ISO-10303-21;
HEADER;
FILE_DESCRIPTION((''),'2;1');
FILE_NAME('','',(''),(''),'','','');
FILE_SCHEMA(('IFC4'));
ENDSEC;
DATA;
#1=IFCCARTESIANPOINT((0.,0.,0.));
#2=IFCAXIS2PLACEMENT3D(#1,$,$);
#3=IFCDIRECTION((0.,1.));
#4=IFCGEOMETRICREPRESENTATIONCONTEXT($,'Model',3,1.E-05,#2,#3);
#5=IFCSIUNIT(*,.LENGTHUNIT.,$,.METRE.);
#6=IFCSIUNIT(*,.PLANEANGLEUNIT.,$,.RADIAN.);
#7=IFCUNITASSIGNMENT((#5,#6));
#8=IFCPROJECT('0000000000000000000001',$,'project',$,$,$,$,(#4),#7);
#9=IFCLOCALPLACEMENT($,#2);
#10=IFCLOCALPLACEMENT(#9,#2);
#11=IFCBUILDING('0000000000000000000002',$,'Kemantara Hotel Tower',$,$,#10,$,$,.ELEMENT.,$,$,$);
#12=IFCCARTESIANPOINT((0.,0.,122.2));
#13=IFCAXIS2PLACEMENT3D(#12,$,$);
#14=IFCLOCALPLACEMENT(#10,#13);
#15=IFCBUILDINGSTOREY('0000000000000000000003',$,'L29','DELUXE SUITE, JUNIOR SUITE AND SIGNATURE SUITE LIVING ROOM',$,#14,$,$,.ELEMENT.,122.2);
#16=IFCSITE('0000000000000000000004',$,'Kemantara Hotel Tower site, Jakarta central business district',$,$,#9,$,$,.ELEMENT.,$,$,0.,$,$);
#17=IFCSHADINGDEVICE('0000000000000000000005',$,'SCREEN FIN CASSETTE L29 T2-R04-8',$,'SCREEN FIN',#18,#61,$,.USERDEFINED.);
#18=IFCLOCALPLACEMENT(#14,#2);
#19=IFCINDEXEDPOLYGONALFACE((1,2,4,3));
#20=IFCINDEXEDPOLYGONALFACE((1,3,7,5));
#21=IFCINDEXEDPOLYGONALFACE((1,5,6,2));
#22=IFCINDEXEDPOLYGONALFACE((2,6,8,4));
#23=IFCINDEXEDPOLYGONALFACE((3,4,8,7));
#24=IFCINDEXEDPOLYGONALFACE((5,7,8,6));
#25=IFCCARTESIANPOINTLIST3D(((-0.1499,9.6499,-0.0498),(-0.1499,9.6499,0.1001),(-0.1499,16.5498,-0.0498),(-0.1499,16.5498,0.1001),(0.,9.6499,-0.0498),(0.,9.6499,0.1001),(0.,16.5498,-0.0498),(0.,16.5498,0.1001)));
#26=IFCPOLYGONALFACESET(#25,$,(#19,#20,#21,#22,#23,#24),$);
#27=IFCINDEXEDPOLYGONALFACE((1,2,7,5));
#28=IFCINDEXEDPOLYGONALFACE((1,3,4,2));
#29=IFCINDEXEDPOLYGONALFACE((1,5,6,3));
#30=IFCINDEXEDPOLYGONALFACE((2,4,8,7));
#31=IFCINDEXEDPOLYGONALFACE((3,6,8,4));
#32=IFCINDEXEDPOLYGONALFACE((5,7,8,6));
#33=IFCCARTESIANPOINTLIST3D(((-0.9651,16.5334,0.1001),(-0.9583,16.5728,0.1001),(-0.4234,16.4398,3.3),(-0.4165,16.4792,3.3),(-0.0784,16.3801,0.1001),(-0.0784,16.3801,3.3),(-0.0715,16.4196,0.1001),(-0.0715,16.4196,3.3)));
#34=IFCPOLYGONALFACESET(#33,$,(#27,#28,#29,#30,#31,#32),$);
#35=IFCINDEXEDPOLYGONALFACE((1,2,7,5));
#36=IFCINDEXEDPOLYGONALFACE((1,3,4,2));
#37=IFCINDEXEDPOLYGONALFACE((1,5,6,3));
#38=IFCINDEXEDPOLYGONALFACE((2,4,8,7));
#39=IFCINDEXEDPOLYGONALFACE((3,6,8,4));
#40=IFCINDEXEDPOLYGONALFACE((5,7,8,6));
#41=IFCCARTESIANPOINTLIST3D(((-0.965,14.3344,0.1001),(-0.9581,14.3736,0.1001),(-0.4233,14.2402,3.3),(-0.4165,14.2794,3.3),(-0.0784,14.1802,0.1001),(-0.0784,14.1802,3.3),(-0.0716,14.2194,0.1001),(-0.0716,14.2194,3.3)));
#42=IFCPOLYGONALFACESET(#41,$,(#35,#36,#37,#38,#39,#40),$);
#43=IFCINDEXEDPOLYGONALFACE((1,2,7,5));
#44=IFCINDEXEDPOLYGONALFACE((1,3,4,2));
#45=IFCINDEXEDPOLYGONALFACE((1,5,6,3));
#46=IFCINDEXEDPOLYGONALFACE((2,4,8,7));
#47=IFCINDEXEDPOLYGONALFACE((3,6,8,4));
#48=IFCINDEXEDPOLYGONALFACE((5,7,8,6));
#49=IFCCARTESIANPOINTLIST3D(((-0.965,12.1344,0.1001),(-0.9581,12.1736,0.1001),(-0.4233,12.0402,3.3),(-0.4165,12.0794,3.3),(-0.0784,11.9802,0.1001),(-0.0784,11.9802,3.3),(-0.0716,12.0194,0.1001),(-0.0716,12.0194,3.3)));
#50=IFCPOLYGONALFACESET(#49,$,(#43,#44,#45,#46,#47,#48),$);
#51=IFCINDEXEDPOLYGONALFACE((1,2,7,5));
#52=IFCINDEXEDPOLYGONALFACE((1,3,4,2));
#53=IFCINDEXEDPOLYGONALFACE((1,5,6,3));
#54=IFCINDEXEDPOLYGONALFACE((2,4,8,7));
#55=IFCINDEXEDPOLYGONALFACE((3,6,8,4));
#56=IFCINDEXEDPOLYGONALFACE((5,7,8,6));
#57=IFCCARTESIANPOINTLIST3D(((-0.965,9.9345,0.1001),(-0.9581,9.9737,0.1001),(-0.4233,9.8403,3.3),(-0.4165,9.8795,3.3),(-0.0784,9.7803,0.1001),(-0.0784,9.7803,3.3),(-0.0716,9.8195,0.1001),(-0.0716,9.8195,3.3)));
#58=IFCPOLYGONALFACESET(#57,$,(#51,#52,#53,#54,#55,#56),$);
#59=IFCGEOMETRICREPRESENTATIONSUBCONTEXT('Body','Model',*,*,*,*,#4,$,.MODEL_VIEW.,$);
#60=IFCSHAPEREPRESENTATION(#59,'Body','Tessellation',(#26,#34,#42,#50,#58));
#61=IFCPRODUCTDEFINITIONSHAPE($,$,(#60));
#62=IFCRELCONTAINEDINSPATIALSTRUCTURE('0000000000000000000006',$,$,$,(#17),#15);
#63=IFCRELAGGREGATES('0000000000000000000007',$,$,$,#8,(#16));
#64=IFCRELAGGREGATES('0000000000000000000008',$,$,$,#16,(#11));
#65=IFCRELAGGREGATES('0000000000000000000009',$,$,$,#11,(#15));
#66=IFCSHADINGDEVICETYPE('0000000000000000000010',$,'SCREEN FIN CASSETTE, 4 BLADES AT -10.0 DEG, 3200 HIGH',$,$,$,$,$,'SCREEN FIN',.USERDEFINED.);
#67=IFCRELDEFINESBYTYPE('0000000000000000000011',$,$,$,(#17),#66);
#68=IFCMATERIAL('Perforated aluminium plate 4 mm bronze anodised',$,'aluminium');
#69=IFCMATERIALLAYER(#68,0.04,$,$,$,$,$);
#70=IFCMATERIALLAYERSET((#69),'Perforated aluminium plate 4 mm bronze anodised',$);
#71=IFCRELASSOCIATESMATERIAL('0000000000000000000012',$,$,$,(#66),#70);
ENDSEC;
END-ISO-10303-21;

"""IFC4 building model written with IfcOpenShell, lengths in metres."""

from ifc_helpers import new_model, si_unit, direction, frame, origin, origin_2d, place, context, subcontext, project, spatial, polyline, rectangle, outline, extrude, source, transform, mapped, material, layer, layer_set, type_object, element, save


model = new_model("IFC4")

# Units and contexts
model_context = context("Model", 3, precision=1e-05, world=origin(), true_north=direction((0.0, 1.0)))
body_context = subcontext(model_context, "Body", "Model", "MODEL_VIEW")
ifc_project = project(units=[si_unit("LENGTHUNIT", "METRE"), si_unit("PLANEANGLEUNIT", "RADIAN")], contexts=[model_context])

# Site, building, storey
site_placement = place(None, origin())
site = spatial("IfcSite", under=ifc_project, at=site_placement, Name="Kemantara Hotel Tower site, Jakarta central business district", CompositionType="ELEMENT", RefElevation=0.0)
building_placement = place(site_placement, origin())
building = spatial("IfcBuilding", under=site, at=building_placement, Name="Kemantara Hotel Tower", CompositionType="ELEMENT")
storey_placement = place(building_placement, frame((0.0, 0.0, 122.2)))
storey = spatial("IfcBuildingStorey", under=building, at=storey_placement, Name="L29", Description="DELUXE SUITE, JUNIOR SUITE AND SIGNATURE SUITE LIVING ROOM", CompositionType="ELEMENT", Elevation=122.2)

# Shading device
ifc_material_1 = material(Name="Perforated aluminium plate 4 mm bronze anodised", Category="aluminium")
ifc_layer_1 = layer(ifc_material_1, 0.04)
ifc_layer_set_1 = layer_set([ifc_layer_1], Name="Perforated aluminium plate 4 mm bronze anodised")
shading_device_type = type_object("IfcShadingDeviceType", Name="SCREEN FIN CASSETTE, 4 BLADES AT -10.0 DEG, 3200 HIGH", ElementType="SCREEN FIN", PredefinedType="USERDEFINED", material=ifc_layer_set_1)
shared_shape = source(origin(), body_context, "Body", "SweptSolid", [
    extrude(rectangle(XDim=6.8999, YDim=0.1499, at=origin_2d()), frame((3.3, -0.075, -0.1499), z_axis=(0.0, 0.0, 1.0), x_axis=(1.0, 0.0, 0.0)), (0.0, 0.0, 1.0), 0.1499),
    extrude(outline(polyline([(0.0, 0.0), (0.8999, 0.0), (0.3501, 3.2), (0.0, 3.2), (0.0, 0.0)])), frame((0.0198, -0.0784, 0.0), z_axis=(-0.98539, 0.170314, 0.0), x_axis=(-0.170314, -0.98539, 0.0)), (0.0, 0.0, 1.0), 0.04),
    extrude(outline(polyline([(0.0, 0.0), (0.8999, 0.0), (0.3501, 3.2), (0.0, 3.2), (0.0, 0.0)])), frame((2.2197, -0.0784, 0.0), z_axis=(-0.985212, 0.171341, 0.0), x_axis=(-0.171341, -0.985212, 0.0)), (0.0, 0.0, 1.0), 0.0398),
    extrude(outline(polyline([(0.0, 0.0), (0.8999, 0.0), (0.3501, 3.2), (0.0, 3.2), (0.0, 0.0)])), frame((4.4197, -0.0784, 0.0), z_axis=(-0.985212, 0.171341, 0.0), x_axis=(-0.171341, -0.985212, 0.0)), (0.0, 0.0, 1.0), 0.0398),
    extrude(outline(polyline([(0.0, 0.0), (0.8999, 0.0), (0.3501, 3.2), (0.0, 3.2), (0.0, 0.0)])), frame((6.6196, -0.0784, 0.0), z_axis=(-0.985212, 0.171341, 0.0), x_axis=(-0.171341, -0.985212, 0.0)), (0.0, 0.0, 1.0), 0.0398),
])
shading_device_placement = place(storey_placement, frame((0.0, 16.3999, 0.1001), z_axis=(0.0, 0.0, 1.0), x_axis=(0.0, -1.0, 0.0)))
element("IfcShadingDevice", 1, at=shading_device_placement, inside=storey, type_object=shading_device_type, Name="SCREEN FIN CASSETTE L29 T2-R04-8", ObjectType="SCREEN FIN", PredefinedType="USERDEFINED", context=body_context, shape_type="MappedRepresentation", body=[
    mapped(shared_shape, transform((0.0, 0.0, 0.0))),
])

save(model, "model.ifc")
